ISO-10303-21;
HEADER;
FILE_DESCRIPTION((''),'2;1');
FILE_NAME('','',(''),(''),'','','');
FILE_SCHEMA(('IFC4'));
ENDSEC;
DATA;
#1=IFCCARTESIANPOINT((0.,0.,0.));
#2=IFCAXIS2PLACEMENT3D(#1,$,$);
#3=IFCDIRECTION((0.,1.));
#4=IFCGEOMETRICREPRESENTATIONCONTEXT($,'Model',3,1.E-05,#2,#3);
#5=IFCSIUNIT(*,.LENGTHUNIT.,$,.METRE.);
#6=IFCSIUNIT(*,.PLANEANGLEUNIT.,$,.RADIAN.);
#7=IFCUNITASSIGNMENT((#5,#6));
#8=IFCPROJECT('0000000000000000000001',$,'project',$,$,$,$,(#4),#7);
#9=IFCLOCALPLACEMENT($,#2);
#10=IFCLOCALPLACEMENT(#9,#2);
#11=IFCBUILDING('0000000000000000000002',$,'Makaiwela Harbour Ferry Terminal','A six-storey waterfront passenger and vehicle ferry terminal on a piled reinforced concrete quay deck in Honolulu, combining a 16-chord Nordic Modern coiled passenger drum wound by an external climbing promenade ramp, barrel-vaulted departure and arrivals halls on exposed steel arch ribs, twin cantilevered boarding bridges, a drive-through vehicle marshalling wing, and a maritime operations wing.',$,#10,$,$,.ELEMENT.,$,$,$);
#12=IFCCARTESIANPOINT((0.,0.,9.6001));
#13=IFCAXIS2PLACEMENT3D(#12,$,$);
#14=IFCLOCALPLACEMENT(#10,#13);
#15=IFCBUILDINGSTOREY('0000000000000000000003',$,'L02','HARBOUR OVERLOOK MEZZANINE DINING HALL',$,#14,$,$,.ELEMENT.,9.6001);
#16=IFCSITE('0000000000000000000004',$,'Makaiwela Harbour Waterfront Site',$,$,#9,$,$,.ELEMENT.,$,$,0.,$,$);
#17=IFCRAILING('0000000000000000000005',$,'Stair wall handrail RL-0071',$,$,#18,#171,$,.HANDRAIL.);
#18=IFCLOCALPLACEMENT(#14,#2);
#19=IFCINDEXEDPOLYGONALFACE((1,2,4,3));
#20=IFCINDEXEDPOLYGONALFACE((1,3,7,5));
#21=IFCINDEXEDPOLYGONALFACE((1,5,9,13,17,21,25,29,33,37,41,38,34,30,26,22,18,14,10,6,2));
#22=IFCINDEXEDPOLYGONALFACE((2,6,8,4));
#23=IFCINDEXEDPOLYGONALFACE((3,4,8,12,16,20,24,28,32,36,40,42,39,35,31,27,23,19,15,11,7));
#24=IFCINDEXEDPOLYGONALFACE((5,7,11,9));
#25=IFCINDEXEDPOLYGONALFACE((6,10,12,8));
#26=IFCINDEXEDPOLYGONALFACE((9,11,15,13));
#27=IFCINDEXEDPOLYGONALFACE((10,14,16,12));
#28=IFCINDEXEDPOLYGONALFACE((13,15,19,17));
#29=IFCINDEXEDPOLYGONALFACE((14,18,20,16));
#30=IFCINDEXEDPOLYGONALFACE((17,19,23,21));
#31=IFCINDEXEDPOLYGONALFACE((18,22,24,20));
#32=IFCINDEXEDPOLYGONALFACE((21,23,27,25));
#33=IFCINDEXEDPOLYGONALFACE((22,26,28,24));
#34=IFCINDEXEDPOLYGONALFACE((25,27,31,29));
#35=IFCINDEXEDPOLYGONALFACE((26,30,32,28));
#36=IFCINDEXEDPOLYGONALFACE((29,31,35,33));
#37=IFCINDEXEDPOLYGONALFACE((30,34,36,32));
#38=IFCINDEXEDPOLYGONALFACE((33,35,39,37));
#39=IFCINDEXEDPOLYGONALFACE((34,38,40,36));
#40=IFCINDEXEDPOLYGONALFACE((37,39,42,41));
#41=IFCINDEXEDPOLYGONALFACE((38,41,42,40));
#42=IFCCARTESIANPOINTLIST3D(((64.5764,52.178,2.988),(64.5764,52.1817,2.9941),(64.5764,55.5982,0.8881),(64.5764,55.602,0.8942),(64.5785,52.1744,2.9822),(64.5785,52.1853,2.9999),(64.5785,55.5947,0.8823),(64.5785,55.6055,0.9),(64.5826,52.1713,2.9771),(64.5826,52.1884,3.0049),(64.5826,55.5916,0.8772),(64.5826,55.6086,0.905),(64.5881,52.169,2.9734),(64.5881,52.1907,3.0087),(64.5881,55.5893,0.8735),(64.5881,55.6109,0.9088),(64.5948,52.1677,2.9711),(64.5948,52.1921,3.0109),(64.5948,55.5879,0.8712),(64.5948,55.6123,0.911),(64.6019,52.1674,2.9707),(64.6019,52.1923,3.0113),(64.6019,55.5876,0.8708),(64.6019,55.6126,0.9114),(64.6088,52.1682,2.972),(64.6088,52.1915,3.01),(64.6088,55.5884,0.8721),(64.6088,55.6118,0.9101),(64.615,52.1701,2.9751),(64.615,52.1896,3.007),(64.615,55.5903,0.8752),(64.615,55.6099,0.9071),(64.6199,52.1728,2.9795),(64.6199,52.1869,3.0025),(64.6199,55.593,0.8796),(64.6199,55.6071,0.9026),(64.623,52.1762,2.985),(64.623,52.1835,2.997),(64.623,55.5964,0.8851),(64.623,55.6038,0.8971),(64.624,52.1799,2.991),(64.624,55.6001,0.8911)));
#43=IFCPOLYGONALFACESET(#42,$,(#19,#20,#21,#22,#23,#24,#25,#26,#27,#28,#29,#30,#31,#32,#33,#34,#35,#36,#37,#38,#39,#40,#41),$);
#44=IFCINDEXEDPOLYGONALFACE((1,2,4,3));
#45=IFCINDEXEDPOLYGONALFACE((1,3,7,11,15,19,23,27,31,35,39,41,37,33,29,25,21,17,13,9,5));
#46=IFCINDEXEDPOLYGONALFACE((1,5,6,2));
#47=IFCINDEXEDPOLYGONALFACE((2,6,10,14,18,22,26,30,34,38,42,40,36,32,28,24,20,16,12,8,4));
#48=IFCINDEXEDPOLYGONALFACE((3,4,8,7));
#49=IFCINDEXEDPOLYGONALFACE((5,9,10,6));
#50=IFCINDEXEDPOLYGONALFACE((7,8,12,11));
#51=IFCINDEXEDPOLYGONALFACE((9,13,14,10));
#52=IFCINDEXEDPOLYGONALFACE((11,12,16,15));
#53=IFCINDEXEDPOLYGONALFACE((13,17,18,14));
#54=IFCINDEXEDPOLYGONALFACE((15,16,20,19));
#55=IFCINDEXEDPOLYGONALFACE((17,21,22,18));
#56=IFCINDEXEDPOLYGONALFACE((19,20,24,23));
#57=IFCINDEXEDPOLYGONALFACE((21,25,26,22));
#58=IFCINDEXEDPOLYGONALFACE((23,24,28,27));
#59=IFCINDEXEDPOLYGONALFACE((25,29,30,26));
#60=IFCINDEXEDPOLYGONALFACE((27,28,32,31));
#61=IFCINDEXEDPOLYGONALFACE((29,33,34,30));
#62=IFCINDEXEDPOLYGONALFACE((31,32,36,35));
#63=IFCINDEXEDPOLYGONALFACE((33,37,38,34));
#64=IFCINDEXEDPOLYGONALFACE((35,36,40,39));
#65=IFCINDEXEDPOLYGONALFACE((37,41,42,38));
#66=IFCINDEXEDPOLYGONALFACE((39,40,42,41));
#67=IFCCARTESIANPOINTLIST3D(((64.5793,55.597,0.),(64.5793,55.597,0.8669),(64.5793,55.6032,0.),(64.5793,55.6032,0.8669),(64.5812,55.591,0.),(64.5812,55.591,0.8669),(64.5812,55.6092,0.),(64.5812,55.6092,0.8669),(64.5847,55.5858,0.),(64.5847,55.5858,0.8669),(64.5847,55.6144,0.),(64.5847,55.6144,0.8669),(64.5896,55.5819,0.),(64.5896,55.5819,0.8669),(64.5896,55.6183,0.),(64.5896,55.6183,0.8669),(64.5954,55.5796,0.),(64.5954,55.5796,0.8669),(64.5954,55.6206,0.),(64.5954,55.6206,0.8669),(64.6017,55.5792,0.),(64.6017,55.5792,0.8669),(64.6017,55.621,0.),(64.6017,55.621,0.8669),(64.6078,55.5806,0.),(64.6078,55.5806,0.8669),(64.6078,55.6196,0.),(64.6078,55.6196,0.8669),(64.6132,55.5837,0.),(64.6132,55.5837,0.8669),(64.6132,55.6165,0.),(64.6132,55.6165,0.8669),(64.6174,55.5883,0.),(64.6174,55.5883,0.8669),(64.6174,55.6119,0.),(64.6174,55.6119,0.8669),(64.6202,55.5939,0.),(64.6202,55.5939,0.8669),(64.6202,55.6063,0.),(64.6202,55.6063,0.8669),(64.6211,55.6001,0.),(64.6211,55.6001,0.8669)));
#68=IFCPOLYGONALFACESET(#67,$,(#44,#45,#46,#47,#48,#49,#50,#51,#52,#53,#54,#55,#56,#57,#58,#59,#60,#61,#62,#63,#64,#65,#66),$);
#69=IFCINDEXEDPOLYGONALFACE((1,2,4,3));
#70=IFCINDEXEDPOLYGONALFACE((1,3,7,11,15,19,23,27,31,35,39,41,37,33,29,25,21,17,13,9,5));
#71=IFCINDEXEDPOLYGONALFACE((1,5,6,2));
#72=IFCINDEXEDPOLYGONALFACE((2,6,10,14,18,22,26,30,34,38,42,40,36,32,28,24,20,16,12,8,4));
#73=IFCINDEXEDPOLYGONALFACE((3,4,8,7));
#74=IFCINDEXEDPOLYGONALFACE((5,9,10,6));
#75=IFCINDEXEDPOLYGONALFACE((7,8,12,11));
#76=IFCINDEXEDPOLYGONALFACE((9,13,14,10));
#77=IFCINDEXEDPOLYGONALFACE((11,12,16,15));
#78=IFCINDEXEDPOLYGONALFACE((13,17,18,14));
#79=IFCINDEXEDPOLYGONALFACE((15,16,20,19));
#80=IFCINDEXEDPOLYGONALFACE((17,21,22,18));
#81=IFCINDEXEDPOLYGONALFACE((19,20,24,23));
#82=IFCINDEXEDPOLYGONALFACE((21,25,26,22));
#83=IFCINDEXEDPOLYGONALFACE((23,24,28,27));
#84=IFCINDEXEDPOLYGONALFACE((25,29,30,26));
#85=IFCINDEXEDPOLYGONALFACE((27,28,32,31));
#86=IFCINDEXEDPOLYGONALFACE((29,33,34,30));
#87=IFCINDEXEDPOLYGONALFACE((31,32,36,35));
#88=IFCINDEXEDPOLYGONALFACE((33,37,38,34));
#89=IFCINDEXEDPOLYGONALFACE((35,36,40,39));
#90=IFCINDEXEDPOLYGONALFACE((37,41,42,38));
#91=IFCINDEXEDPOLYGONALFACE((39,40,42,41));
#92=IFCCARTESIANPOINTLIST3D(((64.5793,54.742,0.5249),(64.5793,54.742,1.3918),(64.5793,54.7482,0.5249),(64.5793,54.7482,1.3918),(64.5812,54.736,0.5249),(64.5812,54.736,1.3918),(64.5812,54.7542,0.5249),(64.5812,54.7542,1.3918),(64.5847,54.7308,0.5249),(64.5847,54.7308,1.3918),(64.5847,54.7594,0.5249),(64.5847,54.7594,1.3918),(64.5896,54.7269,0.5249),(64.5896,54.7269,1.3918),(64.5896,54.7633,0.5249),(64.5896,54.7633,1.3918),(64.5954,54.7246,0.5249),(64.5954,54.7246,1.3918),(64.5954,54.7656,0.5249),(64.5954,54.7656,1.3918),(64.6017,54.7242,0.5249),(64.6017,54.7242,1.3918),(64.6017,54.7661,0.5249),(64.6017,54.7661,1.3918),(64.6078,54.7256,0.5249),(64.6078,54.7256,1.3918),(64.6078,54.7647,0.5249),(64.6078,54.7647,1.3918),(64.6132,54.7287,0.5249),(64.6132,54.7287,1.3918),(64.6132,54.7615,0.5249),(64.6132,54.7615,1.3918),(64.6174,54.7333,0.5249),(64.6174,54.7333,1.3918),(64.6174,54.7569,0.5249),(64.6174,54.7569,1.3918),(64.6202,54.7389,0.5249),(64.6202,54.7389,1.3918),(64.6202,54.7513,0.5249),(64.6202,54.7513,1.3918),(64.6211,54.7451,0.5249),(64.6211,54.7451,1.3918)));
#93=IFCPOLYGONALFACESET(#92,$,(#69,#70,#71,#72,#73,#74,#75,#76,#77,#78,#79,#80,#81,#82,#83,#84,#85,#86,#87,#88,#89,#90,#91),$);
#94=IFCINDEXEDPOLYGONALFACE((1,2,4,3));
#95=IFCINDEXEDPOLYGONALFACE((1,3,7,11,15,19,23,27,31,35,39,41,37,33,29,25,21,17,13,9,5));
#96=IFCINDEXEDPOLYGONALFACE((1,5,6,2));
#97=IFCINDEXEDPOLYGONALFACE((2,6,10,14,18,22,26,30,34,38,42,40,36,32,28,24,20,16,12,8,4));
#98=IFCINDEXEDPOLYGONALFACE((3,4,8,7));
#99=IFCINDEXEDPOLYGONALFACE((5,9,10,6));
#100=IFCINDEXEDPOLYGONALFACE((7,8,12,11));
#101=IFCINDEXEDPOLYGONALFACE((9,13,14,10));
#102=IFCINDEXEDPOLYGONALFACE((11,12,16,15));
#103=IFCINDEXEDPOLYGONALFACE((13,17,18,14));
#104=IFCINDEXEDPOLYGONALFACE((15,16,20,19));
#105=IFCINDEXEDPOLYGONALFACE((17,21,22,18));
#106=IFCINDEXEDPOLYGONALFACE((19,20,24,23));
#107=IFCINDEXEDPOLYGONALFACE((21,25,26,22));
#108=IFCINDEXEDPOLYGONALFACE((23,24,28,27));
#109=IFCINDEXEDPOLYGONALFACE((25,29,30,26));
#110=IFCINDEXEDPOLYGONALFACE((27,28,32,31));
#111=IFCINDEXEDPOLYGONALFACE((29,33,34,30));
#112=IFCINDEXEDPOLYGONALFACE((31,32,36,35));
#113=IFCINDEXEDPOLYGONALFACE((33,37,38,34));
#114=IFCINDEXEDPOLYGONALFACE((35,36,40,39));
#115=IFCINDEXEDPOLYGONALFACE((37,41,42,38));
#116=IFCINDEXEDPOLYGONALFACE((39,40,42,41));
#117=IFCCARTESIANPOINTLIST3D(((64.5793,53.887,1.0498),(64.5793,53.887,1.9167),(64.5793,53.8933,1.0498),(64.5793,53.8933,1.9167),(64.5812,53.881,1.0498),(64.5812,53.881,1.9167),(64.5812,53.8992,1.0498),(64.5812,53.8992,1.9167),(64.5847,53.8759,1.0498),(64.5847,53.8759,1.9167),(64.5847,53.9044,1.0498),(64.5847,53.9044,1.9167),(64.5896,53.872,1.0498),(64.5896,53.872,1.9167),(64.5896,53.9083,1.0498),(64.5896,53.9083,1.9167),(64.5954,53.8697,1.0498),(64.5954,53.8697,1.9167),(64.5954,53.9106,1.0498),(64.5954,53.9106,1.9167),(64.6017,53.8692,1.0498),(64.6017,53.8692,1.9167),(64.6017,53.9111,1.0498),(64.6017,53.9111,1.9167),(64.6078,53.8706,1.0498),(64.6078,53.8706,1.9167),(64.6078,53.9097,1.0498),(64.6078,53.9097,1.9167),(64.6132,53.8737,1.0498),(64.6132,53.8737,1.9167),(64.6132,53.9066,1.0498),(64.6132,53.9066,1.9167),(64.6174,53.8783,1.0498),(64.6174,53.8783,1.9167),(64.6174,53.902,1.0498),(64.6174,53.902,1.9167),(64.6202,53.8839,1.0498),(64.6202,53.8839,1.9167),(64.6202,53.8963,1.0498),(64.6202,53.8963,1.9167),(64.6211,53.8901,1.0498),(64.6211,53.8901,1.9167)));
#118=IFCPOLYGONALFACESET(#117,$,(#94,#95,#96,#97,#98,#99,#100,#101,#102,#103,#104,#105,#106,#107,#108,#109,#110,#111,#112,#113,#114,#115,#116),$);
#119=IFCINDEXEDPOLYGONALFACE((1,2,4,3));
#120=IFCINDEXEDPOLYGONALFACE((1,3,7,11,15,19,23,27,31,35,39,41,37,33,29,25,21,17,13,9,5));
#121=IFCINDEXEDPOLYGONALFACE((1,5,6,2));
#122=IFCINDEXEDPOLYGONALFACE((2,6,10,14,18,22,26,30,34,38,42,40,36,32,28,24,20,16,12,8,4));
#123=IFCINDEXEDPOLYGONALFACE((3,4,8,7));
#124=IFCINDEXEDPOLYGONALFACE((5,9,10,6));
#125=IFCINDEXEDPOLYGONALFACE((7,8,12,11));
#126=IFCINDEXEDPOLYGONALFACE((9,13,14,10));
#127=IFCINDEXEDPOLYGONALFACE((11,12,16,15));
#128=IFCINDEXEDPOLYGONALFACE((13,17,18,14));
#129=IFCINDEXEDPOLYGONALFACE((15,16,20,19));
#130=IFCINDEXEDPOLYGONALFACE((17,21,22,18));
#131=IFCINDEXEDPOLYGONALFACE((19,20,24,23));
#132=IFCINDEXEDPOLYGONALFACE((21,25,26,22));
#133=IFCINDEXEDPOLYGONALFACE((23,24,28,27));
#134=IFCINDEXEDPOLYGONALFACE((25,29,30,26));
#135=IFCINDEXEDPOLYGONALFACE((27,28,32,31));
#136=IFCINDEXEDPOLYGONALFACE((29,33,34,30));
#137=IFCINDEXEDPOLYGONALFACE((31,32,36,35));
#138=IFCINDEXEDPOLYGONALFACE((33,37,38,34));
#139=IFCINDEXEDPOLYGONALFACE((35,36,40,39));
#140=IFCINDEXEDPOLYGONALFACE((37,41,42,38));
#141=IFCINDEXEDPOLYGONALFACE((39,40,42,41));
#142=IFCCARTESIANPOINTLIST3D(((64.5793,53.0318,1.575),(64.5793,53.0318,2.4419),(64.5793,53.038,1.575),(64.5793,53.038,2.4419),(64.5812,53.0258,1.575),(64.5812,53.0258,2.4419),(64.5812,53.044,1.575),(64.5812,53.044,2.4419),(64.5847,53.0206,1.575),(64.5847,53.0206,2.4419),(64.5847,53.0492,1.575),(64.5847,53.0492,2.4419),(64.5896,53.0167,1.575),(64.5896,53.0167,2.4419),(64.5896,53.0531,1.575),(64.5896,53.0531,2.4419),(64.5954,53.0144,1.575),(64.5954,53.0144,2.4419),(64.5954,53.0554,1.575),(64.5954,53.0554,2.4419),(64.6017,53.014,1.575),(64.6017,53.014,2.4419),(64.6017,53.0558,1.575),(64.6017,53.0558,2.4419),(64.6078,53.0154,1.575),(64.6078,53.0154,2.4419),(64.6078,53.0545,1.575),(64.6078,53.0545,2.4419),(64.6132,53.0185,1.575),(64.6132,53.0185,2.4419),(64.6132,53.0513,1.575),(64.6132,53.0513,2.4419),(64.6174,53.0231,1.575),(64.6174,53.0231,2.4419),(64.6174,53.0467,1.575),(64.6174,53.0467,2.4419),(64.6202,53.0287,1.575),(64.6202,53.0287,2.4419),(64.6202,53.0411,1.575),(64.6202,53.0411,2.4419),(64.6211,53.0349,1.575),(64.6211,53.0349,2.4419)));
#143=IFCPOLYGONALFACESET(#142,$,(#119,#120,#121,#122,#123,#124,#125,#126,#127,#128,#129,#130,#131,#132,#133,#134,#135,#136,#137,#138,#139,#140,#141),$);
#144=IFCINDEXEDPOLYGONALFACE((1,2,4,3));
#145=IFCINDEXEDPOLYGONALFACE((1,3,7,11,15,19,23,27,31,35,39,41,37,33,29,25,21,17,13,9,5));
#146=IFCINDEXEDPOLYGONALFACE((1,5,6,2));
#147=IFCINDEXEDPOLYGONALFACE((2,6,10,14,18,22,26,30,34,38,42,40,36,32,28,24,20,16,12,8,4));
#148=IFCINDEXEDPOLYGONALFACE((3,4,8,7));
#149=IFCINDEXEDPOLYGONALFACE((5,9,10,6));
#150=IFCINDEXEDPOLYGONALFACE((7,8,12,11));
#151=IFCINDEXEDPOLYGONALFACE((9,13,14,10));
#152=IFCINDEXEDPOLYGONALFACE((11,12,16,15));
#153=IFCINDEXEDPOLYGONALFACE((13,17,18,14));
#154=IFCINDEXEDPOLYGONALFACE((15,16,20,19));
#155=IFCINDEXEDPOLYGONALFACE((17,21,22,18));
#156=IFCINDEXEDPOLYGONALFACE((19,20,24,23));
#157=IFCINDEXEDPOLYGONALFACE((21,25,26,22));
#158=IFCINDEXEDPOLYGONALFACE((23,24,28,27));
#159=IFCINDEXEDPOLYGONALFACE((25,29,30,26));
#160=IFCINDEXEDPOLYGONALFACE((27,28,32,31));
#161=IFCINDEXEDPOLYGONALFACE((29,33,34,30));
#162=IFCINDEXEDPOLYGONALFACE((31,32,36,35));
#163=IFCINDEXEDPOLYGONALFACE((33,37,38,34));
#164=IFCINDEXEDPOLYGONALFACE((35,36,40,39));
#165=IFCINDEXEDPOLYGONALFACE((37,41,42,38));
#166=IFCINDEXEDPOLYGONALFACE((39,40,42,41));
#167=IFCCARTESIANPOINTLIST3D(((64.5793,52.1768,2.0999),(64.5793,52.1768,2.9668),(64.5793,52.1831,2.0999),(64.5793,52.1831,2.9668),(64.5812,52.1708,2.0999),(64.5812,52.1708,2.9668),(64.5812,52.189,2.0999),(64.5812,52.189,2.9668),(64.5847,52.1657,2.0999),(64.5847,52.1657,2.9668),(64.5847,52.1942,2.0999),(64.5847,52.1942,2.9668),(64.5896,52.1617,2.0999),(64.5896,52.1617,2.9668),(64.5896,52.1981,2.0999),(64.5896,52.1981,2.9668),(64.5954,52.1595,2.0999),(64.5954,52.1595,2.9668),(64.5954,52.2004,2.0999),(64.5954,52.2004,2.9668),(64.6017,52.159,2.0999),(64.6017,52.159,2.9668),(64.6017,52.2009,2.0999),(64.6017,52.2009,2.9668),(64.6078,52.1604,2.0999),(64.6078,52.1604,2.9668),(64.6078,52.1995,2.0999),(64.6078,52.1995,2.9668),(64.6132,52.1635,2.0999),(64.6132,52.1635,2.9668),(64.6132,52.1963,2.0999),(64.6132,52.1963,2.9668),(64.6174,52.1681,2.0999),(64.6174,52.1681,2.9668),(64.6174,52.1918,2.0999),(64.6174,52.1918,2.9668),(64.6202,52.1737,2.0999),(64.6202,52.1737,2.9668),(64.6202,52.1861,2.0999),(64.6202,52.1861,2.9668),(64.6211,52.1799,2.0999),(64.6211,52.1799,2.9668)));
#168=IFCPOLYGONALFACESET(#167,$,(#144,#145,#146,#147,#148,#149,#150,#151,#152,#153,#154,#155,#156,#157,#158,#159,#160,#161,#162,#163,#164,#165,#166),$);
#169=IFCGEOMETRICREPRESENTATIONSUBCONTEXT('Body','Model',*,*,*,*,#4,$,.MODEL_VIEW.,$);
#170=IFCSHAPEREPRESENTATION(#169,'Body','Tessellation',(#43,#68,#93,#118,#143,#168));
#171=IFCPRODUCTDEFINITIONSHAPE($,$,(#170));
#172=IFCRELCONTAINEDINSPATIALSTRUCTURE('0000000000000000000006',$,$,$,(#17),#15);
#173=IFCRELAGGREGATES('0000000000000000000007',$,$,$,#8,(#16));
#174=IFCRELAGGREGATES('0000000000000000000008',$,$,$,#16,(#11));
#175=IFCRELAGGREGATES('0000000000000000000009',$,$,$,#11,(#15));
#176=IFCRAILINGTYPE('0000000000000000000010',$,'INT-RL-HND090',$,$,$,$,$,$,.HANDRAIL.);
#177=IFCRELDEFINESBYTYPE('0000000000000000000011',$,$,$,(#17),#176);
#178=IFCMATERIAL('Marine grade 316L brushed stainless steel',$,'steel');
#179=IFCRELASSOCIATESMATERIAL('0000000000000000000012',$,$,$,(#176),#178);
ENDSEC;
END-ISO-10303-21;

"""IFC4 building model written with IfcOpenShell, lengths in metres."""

from ifc_helpers import new_model, si_unit, direction, frame, origin, origin_2d, place, context, subcontext, project, spatial, circle, extrude, material, type_object, element, save


model = new_model("IFC4")

# Units and contexts
model_context = context("Model", 3, precision=1e-05, world=origin(), true_north=direction((0.0, 1.0)))
body_context = subcontext(model_context, "Body", "Model", "MODEL_VIEW")
ifc_project = project(units=[si_unit("LENGTHUNIT", "METRE"), si_unit("PLANEANGLEUNIT", "RADIAN")], contexts=[model_context])

# Site, building, storey
site_placement = place(None, origin())
site = spatial("IfcSite", under=ifc_project, at=site_placement, Name="Makaiwela Harbour Waterfront Site", CompositionType="ELEMENT", RefElevation=0.0)
building_placement = place(site_placement, origin())
building = spatial("IfcBuilding", under=site, at=building_placement, Name="Makaiwela Harbour Ferry Terminal", Description="A six-storey waterfront passenger and vehicle ferry terminal on a piled reinforced concrete quay deck in Honolulu, combining a 16-chord Nordic Modern coiled passenger drum wound by an external climbing promenade ramp, barrel-vaulted departure and arrivals halls on exposed steel arch ribs, twin cantilevered boarding bridges, a drive-through vehicle marshalling wing, and a maritime operations wing.", CompositionType="ELEMENT")
storey_placement = place(building_placement, frame((0.0, 0.0, 9.6001)))
storey = spatial("IfcBuildingStorey", under=building, at=storey_placement, Name="L02", Description="HARBOUR OVERLOOK MEZZANINE DINING HALL", CompositionType="ELEMENT", Elevation=9.6001)

# Railing
ifc_material_1 = material(Name="Marine grade 316L brushed stainless steel", Category="steel")
railing_type_1 = type_object("IfcRailingType", Name="INT-RL-HND090", PredefinedType="HANDRAIL", material=ifc_material_1)
railing_1_placement = place(storey_placement, frame((64.6001, 55.6001, 0.0)))
element("IfcRailing", 1, at=railing_1_placement, inside=storey, type_object=railing_type_1, Name="Stair wall handrail RL-0071", PredefinedType="HANDRAIL", context=body_context, shape_type="SweptSolid", body=[
    extrude(circle(Radius=0.0239, at=origin_2d()), frame((0.0, 0.0, 0.8911), z_axis=(0.0, -0.852199, 0.523218), x_axis=(1.0, 0.0, 0.0)), (0.0, 0.0, 1.0), 4.0134),
    extrude(circle(Radius=0.021, at=origin_2d()), origin(), (0.0, 0.0, 1.0), 0.8669),
    extrude(circle(Radius=0.021, at=origin_2d()), frame((0.0, -0.855, 0.5249)), (0.0, 0.0, 1.0), 0.8669),
    extrude(circle(Radius=0.021, at=origin_2d()), frame((0.0, -1.71, 1.0498)), (0.0, 0.0, 1.0), 0.8669),
    extrude(circle(Radius=0.021, at=origin_2d()), frame((0.0, -2.5652, 1.575)), (0.0, 0.0, 1.0), 0.8669),
    extrude(circle(Radius=0.021, at=origin_2d()), frame((0.0, -3.4202, 2.0999)), (0.0, 0.0, 1.0), 0.8669),
])

save(model, "model.ifc")
